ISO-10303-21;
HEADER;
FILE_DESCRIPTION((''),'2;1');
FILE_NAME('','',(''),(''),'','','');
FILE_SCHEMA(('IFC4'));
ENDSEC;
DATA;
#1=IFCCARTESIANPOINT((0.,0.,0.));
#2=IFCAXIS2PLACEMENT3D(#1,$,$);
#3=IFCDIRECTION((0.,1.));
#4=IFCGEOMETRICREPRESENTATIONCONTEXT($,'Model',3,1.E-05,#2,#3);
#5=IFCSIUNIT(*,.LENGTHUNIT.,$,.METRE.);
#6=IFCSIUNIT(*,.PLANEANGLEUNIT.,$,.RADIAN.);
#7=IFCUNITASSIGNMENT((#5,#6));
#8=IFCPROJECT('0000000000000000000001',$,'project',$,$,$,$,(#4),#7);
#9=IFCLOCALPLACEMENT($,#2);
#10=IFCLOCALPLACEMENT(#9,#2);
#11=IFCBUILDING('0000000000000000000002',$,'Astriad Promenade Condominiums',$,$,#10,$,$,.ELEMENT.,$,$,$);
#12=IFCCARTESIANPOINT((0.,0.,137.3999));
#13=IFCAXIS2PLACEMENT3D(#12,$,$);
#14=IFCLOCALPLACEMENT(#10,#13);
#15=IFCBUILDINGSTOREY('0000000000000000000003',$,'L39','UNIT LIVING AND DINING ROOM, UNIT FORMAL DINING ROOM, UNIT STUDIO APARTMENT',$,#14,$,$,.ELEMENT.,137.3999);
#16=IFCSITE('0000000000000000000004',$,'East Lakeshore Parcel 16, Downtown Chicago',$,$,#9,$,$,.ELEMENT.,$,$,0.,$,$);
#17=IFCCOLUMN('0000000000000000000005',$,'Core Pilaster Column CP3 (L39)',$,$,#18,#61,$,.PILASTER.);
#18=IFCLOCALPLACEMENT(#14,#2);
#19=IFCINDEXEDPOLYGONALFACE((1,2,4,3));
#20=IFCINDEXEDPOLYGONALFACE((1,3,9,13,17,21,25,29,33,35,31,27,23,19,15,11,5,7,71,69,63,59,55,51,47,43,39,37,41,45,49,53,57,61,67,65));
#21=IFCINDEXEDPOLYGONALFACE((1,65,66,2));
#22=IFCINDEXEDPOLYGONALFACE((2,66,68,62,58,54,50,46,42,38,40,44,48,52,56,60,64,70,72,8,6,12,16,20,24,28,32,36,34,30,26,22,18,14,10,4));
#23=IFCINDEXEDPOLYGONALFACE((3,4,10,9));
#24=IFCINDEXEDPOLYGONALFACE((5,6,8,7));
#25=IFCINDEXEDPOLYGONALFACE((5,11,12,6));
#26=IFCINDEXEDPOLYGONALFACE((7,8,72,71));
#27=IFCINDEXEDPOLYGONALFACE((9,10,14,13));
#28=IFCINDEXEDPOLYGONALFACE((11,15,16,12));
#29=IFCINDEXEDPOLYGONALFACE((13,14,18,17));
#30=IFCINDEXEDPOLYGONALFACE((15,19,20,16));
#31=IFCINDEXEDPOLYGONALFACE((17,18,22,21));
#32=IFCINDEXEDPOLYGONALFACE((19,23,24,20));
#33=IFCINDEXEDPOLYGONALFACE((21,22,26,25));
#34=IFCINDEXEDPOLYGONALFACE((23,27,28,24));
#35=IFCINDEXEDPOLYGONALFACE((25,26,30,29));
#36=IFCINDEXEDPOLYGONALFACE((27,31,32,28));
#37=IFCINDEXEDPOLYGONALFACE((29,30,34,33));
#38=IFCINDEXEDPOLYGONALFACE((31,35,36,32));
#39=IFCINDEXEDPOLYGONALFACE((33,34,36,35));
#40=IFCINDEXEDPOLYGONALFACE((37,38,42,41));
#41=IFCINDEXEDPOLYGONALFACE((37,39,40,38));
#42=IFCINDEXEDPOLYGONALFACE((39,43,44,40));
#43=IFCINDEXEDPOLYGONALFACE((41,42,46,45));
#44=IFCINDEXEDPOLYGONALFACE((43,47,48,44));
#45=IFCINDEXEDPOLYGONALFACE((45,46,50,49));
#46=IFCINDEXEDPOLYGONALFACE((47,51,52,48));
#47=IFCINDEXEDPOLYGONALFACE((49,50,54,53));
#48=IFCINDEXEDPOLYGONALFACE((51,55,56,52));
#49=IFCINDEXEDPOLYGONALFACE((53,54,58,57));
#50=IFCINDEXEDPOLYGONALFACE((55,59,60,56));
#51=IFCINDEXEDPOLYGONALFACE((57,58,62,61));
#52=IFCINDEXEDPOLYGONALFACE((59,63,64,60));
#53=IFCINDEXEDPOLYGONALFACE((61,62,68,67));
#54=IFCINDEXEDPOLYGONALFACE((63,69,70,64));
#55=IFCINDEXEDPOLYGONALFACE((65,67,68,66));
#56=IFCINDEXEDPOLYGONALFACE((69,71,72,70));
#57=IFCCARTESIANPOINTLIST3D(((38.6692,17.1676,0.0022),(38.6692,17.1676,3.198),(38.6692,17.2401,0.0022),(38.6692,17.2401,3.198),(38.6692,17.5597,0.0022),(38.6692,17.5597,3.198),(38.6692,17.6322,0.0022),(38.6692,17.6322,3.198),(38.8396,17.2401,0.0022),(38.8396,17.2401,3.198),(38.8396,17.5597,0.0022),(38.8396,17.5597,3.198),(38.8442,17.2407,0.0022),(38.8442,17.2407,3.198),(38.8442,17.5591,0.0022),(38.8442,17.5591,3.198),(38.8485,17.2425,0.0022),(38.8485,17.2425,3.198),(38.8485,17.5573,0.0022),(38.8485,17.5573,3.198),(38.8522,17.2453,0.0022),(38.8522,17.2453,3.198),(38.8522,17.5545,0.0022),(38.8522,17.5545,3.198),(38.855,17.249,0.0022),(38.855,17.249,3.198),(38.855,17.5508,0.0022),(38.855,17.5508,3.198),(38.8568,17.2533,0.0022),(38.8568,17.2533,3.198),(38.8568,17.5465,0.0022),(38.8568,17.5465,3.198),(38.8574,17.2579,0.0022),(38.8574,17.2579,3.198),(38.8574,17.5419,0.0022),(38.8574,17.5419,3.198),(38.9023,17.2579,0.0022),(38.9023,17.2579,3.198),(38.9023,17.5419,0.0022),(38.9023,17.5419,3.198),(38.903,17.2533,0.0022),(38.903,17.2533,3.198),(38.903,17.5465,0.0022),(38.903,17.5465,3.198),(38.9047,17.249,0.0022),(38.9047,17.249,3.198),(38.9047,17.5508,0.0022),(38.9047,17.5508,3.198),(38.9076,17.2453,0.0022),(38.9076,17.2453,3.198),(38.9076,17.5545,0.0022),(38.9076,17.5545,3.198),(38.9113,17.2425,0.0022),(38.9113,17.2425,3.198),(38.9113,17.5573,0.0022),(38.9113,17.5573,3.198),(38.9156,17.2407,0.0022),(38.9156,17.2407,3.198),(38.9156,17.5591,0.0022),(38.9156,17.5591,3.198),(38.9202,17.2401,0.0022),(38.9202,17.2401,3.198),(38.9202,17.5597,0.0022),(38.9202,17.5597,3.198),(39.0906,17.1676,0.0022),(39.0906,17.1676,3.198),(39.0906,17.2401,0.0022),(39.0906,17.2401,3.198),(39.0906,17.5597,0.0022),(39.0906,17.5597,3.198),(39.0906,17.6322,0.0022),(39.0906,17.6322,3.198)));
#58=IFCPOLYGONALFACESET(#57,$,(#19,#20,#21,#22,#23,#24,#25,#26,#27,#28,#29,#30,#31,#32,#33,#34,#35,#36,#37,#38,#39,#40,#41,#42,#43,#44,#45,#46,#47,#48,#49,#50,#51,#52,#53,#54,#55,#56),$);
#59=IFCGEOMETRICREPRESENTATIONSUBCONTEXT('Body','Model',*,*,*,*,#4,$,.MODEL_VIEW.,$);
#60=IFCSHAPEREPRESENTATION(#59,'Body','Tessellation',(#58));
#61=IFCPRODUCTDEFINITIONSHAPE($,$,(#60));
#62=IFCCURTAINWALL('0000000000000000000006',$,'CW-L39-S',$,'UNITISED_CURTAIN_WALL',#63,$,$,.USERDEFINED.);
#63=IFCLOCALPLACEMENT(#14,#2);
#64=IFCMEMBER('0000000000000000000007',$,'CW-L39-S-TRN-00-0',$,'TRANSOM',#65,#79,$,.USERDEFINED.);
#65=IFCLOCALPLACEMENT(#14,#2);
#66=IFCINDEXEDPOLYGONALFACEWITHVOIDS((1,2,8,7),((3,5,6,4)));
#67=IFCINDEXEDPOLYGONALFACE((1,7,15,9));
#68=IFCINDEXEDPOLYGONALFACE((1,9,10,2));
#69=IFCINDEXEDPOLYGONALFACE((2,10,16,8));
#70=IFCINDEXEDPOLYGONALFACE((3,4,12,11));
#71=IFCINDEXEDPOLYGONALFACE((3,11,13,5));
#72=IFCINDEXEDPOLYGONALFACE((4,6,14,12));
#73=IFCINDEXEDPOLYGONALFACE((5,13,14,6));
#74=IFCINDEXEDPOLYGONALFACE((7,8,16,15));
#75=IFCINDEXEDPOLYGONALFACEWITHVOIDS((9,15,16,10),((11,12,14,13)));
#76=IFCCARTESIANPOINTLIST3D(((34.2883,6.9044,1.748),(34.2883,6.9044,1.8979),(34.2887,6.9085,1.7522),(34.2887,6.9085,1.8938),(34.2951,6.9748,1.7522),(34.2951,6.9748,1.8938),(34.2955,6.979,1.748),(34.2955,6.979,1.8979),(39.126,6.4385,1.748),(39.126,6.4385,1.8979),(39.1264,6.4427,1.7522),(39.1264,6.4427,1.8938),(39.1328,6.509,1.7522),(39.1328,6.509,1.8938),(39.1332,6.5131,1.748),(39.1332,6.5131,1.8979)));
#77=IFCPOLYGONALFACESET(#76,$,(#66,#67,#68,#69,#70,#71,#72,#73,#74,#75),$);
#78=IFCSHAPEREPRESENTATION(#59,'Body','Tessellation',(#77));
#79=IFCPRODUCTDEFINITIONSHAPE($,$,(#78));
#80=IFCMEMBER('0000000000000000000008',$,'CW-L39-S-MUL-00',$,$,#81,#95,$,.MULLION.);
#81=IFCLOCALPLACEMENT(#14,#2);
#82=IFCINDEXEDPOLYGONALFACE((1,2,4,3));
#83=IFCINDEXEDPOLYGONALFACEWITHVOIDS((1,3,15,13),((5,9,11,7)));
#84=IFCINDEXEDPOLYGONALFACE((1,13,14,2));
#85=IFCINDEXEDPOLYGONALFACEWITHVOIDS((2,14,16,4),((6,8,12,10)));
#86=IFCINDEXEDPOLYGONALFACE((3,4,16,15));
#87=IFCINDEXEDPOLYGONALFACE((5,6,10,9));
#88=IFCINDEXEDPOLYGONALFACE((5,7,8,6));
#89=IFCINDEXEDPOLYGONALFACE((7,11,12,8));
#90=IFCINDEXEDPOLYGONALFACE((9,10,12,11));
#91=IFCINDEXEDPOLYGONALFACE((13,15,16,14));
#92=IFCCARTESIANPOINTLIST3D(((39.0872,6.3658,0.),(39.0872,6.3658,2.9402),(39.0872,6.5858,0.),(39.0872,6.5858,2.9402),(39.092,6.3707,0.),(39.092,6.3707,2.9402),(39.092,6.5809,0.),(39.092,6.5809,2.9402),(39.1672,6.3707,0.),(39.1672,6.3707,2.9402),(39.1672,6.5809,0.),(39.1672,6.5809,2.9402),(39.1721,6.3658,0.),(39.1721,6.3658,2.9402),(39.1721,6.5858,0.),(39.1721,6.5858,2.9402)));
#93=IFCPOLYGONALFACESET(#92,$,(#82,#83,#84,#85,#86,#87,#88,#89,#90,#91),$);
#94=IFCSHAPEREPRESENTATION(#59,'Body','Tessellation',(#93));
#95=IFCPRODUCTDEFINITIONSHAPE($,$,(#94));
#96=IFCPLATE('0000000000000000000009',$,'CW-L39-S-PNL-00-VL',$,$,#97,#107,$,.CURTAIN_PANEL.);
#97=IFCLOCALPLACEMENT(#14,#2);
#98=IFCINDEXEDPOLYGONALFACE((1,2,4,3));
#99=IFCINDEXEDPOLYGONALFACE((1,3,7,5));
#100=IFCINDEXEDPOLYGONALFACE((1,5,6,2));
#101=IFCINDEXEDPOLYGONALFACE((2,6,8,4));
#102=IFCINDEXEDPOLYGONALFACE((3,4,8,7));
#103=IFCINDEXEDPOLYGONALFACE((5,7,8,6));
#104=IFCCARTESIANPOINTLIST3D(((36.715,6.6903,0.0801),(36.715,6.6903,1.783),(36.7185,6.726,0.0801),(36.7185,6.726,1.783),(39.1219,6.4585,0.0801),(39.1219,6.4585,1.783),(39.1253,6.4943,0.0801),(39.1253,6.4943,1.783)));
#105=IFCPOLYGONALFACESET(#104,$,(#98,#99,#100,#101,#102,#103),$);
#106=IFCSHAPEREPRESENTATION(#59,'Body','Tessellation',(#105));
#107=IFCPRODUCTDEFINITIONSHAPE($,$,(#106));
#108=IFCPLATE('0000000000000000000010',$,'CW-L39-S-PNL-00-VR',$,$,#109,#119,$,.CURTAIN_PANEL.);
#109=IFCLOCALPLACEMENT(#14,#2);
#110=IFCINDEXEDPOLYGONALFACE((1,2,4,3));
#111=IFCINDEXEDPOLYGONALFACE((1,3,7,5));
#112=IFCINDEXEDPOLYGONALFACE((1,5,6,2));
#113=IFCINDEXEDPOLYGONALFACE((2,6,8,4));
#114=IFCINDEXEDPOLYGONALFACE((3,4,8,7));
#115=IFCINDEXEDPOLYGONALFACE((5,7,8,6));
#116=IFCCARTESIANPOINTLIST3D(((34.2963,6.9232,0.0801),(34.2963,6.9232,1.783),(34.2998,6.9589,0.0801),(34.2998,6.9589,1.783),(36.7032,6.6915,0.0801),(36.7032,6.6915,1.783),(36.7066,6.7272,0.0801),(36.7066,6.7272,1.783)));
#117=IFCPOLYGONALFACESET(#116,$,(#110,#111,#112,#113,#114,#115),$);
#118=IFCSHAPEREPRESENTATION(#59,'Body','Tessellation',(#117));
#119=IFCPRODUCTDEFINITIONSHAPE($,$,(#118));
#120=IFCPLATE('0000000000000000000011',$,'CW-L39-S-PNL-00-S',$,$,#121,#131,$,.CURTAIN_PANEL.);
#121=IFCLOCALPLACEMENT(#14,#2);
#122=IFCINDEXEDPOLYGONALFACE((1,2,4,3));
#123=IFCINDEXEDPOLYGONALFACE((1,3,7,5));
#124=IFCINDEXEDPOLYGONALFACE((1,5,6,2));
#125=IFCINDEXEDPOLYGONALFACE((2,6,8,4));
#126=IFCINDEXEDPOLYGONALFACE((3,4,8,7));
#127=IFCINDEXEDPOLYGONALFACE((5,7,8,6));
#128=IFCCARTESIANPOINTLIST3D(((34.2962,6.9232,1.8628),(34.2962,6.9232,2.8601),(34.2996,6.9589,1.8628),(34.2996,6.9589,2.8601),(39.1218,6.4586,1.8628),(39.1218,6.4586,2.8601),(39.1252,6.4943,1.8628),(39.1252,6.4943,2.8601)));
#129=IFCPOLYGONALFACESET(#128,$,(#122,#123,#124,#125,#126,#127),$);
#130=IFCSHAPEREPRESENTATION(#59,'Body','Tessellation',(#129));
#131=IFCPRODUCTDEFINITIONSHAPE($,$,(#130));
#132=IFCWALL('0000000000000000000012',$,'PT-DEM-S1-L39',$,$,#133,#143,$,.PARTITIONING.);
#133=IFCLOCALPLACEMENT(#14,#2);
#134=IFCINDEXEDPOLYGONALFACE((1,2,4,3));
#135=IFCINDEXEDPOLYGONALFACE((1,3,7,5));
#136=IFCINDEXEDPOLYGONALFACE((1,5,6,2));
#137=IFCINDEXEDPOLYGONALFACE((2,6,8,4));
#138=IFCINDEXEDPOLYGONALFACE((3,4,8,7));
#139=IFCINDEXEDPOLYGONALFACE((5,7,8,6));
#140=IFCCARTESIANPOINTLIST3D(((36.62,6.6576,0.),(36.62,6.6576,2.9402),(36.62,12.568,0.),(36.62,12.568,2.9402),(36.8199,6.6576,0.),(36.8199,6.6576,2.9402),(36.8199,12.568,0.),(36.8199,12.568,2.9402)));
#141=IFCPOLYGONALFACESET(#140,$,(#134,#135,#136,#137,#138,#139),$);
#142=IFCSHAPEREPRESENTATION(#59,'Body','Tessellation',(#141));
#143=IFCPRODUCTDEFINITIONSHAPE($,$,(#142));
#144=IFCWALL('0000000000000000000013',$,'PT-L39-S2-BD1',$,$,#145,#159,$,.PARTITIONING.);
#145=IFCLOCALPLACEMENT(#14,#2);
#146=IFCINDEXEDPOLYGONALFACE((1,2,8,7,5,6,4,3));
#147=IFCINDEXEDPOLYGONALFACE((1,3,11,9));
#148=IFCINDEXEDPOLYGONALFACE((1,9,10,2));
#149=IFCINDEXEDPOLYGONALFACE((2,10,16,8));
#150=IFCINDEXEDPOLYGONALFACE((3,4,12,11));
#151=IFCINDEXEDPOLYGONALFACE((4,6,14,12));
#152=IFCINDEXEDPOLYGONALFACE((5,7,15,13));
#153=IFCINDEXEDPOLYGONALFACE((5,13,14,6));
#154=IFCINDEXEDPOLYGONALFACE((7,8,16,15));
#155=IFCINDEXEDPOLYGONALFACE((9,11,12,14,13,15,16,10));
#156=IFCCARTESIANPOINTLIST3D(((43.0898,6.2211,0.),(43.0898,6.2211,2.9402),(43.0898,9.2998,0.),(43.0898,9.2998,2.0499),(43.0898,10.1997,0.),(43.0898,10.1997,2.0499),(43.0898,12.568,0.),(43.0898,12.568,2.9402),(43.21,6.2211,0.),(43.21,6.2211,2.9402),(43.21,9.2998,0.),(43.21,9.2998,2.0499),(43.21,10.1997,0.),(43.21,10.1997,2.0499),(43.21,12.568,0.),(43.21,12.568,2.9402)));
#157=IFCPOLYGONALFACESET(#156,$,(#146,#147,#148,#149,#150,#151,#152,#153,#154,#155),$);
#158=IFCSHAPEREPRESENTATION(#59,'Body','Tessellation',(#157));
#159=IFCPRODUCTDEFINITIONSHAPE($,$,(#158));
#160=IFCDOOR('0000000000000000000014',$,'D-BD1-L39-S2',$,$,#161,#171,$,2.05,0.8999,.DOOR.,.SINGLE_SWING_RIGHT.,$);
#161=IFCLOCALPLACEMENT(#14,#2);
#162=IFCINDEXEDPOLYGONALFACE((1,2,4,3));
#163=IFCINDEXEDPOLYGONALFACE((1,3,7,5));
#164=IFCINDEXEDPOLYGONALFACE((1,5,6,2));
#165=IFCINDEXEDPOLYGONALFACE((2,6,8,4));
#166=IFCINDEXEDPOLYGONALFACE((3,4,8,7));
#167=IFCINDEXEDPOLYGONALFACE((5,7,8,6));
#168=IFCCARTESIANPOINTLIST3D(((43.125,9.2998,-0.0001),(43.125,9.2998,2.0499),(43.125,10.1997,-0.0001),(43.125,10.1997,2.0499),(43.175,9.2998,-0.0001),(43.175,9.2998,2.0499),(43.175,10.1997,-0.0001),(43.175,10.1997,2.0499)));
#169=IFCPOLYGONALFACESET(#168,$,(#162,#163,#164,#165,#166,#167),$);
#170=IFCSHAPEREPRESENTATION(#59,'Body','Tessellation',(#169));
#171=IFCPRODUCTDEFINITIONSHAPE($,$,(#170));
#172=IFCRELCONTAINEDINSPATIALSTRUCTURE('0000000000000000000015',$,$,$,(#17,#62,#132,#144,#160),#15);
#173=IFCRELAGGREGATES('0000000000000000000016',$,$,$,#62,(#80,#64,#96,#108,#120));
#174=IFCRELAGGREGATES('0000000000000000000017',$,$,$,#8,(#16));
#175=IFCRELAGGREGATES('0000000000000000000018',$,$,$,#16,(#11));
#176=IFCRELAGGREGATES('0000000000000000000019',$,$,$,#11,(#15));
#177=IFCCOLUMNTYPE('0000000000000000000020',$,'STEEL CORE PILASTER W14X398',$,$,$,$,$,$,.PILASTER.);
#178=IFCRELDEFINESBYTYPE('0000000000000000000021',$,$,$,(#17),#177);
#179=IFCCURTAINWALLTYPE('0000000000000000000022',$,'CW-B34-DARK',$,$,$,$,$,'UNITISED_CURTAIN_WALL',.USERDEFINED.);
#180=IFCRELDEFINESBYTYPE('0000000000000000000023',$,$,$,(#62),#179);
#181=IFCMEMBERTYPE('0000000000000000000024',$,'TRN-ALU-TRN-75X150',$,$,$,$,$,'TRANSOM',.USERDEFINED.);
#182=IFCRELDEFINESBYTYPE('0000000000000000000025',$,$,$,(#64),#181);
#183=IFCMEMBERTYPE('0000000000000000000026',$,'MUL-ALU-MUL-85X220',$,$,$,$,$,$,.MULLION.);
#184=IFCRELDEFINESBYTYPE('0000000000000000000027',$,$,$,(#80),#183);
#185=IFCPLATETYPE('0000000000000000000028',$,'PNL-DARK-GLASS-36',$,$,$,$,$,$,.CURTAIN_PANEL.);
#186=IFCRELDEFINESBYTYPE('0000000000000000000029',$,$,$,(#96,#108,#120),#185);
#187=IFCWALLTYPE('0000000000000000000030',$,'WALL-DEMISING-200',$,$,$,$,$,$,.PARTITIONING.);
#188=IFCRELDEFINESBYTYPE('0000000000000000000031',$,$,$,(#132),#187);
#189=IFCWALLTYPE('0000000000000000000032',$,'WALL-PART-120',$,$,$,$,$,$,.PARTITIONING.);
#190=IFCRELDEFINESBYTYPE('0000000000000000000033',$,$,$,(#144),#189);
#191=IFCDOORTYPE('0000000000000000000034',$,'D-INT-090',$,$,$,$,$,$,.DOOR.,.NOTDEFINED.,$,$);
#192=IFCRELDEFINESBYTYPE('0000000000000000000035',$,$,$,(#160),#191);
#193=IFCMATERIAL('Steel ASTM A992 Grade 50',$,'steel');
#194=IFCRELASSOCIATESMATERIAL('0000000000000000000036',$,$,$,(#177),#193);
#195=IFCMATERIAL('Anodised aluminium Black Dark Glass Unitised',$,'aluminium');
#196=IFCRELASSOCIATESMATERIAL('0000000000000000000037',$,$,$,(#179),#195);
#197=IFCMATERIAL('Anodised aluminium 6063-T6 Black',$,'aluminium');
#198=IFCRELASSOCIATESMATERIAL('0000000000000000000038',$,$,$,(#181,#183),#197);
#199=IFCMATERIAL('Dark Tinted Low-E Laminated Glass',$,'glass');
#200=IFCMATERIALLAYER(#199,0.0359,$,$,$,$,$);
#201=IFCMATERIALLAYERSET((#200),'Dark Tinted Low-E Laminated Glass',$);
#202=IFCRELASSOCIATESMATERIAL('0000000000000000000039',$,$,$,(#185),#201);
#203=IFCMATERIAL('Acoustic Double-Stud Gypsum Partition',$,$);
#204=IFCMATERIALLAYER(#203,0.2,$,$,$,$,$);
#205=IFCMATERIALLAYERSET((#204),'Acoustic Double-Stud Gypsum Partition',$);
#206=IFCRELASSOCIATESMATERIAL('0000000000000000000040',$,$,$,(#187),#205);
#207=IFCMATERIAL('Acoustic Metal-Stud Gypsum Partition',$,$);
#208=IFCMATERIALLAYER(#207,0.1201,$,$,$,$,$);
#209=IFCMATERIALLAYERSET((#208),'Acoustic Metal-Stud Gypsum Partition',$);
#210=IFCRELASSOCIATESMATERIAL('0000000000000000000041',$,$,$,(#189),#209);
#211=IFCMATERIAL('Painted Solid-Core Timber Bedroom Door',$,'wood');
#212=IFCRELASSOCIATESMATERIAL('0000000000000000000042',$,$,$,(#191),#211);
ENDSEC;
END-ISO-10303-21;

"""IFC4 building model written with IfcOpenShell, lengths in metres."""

from ifc_helpers import new_model, si_unit, direction, frame, frame_2d, origin, origin_2d, place, context, subcontext, project, spatial, rectangle, hollow_rectangle, i_section, extrude, source, transform, mapped, material, layer, layer_set, material_profile, profile_set, type_object, type_shapes, element, fill, aggregate, save


model = new_model("IFC4")

# Units and contexts
model_context = context("Model", 3, precision=1e-05, world=origin(), true_north=direction((0.0, 1.0)))
body_context = subcontext(model_context, "Body", "Model", "MODEL_VIEW")
ifc_project = project(units=[si_unit("LENGTHUNIT", "METRE"), si_unit("PLANEANGLEUNIT", "RADIAN")], contexts=[model_context])

# Site, building, storey
site_placement = place(None, origin())
site = spatial("IfcSite", under=ifc_project, at=site_placement, Name="East Lakeshore Parcel 16, Downtown Chicago", CompositionType="ELEMENT", RefElevation=0.0)
building_placement = place(site_placement, origin())
building = spatial("IfcBuilding", under=site, at=building_placement, Name="Astriad Promenade Condominiums", CompositionType="ELEMENT")
storey_placement = place(building_placement, frame((0.0, 0.0, 137.3999)))
storey = spatial("IfcBuildingStorey", under=building, at=storey_placement, Name="L39", Description="UNIT LIVING AND DINING ROOM, UNIT FORMAL DINING ROOM, UNIT STUDIO APARTMENT", CompositionType="ELEMENT", Elevation=137.3999)

# Column
ifc_material_1 = material(Name="Steel ASTM A992 Grade 50", Category="steel")
ifc_material_profile_1 = material_profile(ifc_material_1, i_section(OverallWidth=0.4214, OverallDepth=0.4646, WebThickness=0.0449, FlangeThickness=0.0725, FilletRadius=0.0178, at=origin_2d()), Name="W14X398")
ifc_profile_set_1 = profile_set([ifc_material_profile_1], Name="Steel ASTM A992 Grade 50")
column_type = type_object("IfcColumnType", Name="STEEL CORE PILASTER W14X398", PredefinedType="PILASTER", material=ifc_profile_set_1)
shared_shape_1 = source(origin(), body_context, "Body", "SweptSolid", [
    extrude(i_section(OverallWidth=0.4214, OverallDepth=0.4646, WebThickness=0.0449, FlangeThickness=0.0725, FilletRadius=0.0178, at=origin_2d()), origin(), (0.0, 0.0, 1.0), 3.1958),
])
type_shapes(column_type, [shared_shape_1])
column_placement = place(storey_placement, frame((38.8799, 17.3999, 0.0022), z_axis=(0.0, 0.0, 1.0), x_axis=(1.0, 0.0, 0.0)))
element("IfcColumn", 1, at=column_placement, inside=storey, type_object=column_type, Name="Core Pilaster Column CP3 (L39)", PredefinedType="PILASTER", context=body_context, shape_type="MappedRepresentation", body=[
    mapped(shared_shape_1, transform((0.0, 0.0, 0.0), scale=1.0)),
])

# Curtain wall, members, plates
ifc_material_2 = material(Name="Anodised aluminium Black Dark Glass Unitised", Category="aluminium")
curtain_wall_type = type_object("IfcCurtainWallType", Name="CW-B34-DARK", ElementType="UNITISED_CURTAIN_WALL", PredefinedType="USERDEFINED", material=ifc_material_2)
curtain_wall_placement = place(storey_placement, origin())
curtain_wall = element("IfcCurtainWall", 2, at=curtain_wall_placement, inside=storey, type_object=curtain_wall_type, Name="CW-L39-S", ObjectType="UNITISED_CURTAIN_WALL", PredefinedType="USERDEFINED")
ifc_material_3 = material(Name="Anodised aluminium 6063-T6 Black", Category="aluminium")
ifc_material_profile_2 = material_profile(ifc_material_3, hollow_rectangle(XDim=0.075, YDim=0.1499, WallThickness=0.0042, at=origin_2d()), Name="ALU-TRN-75X150")
ifc_profile_set_2 = profile_set([ifc_material_profile_2], Name="Anodised aluminium 6063-T6 Black")
member_type_1 = type_object("IfcMemberType", Name="TRN-ALU-TRN-75X150", ElementType="TRANSOM", PredefinedType="USERDEFINED", material=ifc_profile_set_2)
shared_shape_2 = source(origin(), body_context, "Body", "SweptSolid", [
    extrude(hollow_rectangle(XDim=0.075, YDim=0.1499, WallThickness=0.0042, at=origin_2d()), origin(), (0.0, 0.0, 1.0), 4.8601),
])
type_shapes(member_type_1, [shared_shape_2])
member_1_placement = place(storey_placement, frame((39.1296, 6.4758, 1.823), z_axis=(-0.995396, 0.095847, 0.0), x_axis=(-0.095847, -0.995396, 0.0)))
member_1 = element("IfcMember", 3, at=member_1_placement, type_object=member_type_1, Name="CW-L39-S-TRN-00-0", ObjectType="TRANSOM", PredefinedType="USERDEFINED", context=body_context, shape_type="MappedRepresentation", body=[
    mapped(shared_shape_2, transform((0.0, 0.0, 0.0), scale=1.0)),
])
ifc_material_profile_3 = material_profile(ifc_material_3, hollow_rectangle(XDim=0.085, YDim=0.22, WallThickness=0.0049, at=origin_2d()), Name="ALU-MUL-85X220")
ifc_profile_set_3 = profile_set([ifc_material_profile_3], Name="Anodised aluminium 6063-T6 Black")
member_type_2 = type_object("IfcMemberType", Name="MUL-ALU-MUL-85X220", PredefinedType="MULLION", material=ifc_profile_set_3)
shared_shape_3 = source(origin(), body_context, "Body", "SweptSolid", [
    extrude(hollow_rectangle(XDim=0.085, YDim=0.22, WallThickness=0.0049, at=origin_2d()), origin(), (0.0, 0.0, 1.0), 2.9402),
])
type_shapes(member_type_2, [shared_shape_3])
member_2_placement = place(storey_placement, frame((39.1296, 6.4758, 0.0), z_axis=(0.0, 0.0, 1.0), x_axis=(1.0, 0.0, 0.0)))
member_2 = element("IfcMember", 4, at=member_2_placement, type_object=member_type_2, Name="CW-L39-S-MUL-00", PredefinedType="MULLION", context=body_context, shape_type="MappedRepresentation", body=[
    mapped(shared_shape_3, transform((0.0, 0.0, 0.0), scale=1.0)),
])
ifc_material_4 = material(Name="Dark Tinted Low-E Laminated Glass", Category="glass")
ifc_layer_1 = layer(ifc_material_4, 0.0359)
ifc_layer_set_1 = layer_set([ifc_layer_1], Name="Dark Tinted Low-E Laminated Glass")
plate_type = type_object("IfcPlateType", Name="PNL-DARK-GLASS-36", PredefinedType="CURTAIN_PANEL", material=ifc_layer_set_1)
shared_shape_4 = source(origin(), body_context, "Body", "SweptSolid", [
    extrude(rectangle(XDim=2.418, YDim=0.0359, at=origin_2d()), origin(), (0.0, 0.0, 1.0), 1.7029),
])
plate_1_placement = place(storey_placement, frame((37.9202, 6.5923, 0.0801), z_axis=(0.0, 0.0, 1.0), x_axis=(-0.995396, 0.095846, 0.0)))
plate_1 = element("IfcPlate", 5, at=plate_1_placement, type_object=plate_type, Name="CW-L39-S-PNL-00-VL", PredefinedType="CURTAIN_PANEL", context=body_context, shape_type="MappedRepresentation", body=[
    mapped(shared_shape_4, transform((0.0, 0.0, 0.0), scale=1.0)),
])
plate_2_placement = place(storey_placement, frame((35.5015, 6.8252, 0.0801), z_axis=(0.0, 0.0, 1.0), x_axis=(-0.995396, 0.095846, 0.0)))
plate_2 = element("IfcPlate", 6, at=plate_2_placement, type_object=plate_type, Name="CW-L39-S-PNL-00-VR", PredefinedType="CURTAIN_PANEL", context=body_context, shape_type="MappedRepresentation", body=[
    mapped(shared_shape_4, transform((0.0, 0.0, 0.0), scale=1.0)),
])
shared_shape_5 = source(origin(), body_context, "Body", "SweptSolid", [
    extrude(rectangle(XDim=4.8479, YDim=0.0359, at=origin_2d()), origin(), (0.0, 0.0, 1.0), 0.9973),
])
type_shapes(plate_type, [shared_shape_4, shared_shape_5])
plate_3_placement = place(storey_placement, frame((36.7107, 6.7087, 1.8628), z_axis=(0.0, 0.0, 1.0), x_axis=(-0.995396, 0.095846, 0.0)))
plate_3 = element("IfcPlate", 7, at=plate_3_placement, type_object=plate_type, Name="CW-L39-S-PNL-00-S", PredefinedType="CURTAIN_PANEL", context=body_context, shape_type="MappedRepresentation", body=[
    mapped(shared_shape_5, transform((0.0, 0.0, 0.0), scale=1.0)),
])
aggregate(curtain_wall, [member_2, member_1, plate_1, plate_2, plate_3])

# Wall
ifc_material_5 = material(Name="Acoustic Double-Stud Gypsum Partition")
ifc_layer_2 = layer(ifc_material_5, 0.2)
ifc_layer_set_2 = layer_set([ifc_layer_2], Name="Acoustic Double-Stud Gypsum Partition")
wall_type_1 = type_object("IfcWallType", Name="WALL-DEMISING-200", PredefinedType="PARTITIONING", material=ifc_layer_set_2)
wall_1_placement = place(storey_placement, frame((36.72, 6.6577, 0.0), z_axis=(0.0, 0.0, 1.0), x_axis=(0.0, 1.0, 0.0)))
element("IfcWall", 8, at=wall_1_placement, inside=storey, type_object=wall_type_1, Name="PT-DEM-S1-L39", PredefinedType="PARTITIONING", context=body_context, shape_type="SweptSolid", body=[
    extrude(rectangle(XDim=5.9104, YDim=0.2, at=frame_2d((2.9551, 0.0))), origin(), (0.0, 0.0, 1.0), 2.9402),
])

# Wall, opening, door
ifc_material_6 = material(Name="Acoustic Metal-Stud Gypsum Partition")
ifc_layer_3 = layer(ifc_material_6, 0.1201)
ifc_layer_set_3 = layer_set([ifc_layer_3], Name="Acoustic Metal-Stud Gypsum Partition")
wall_type_2 = type_object("IfcWallType", Name="WALL-PART-120", PredefinedType="PARTITIONING", material=ifc_layer_set_3)
wall_2_placement = place(storey_placement, frame((43.1499, 6.2212, 0.0), z_axis=(0.0, 0.0, 1.0), x_axis=(0.0, 1.0, 0.0)))
wall_2 = element("IfcWall", 9, at=wall_2_placement, inside=storey, type_object=wall_type_2, Name="PT-L39-S2-BD1", PredefinedType="PARTITIONING", context=body_context, shape_type="SweptSolid", body=[
    extrude(rectangle(XDim=6.3469, YDim=0.1201, at=frame_2d((3.1733, 0.0))), origin(), (0.0, 0.0, 1.0), 2.9402),
])
opening_1_placement = place(wall_2_placement, frame((3.0786, 0.0, 0.0)))
opening_1 = element("IfcOpeningElement", 10, at=opening_1_placement, cuts=wall_2, PredefinedType="OPENING", context=body_context, shape_type="SweptSolid", body=[
    extrude(rectangle(XDim=0.8999, YDim=2.05, at=frame_2d((0.45, 1.0249))), frame((0.0, 0.0701, 0.0), z_axis=(0.0, -1.0, 0.0), x_axis=(1.0, 0.0, 0.0)), (0.0, 0.0, 1.0), 0.1401),
])
ifc_material_7 = material(Name="Painted Solid-Core Timber Bedroom Door", Category="wood")
door_type_1 = type_object("IfcDoorType", Name="D-INT-090", OperationType="NOTDEFINED", PredefinedType="DOOR", material=ifc_material_7)
shared_shape_6 = source(origin(), body_context, "Body", "SweptSolid", [
    extrude(rectangle(XDim=0.8999, YDim=2.05, at=frame_2d((0.45, 1.0249))), frame((0.0, 0.0249, 0.0), z_axis=(0.0, -1.0, 0.0), x_axis=(1.0, 0.0, 0.0)), (0.0, 0.0, 1.0), 0.05),
])
type_shapes(door_type_1, [shared_shape_6])
door_1_placement = place(opening_1_placement, origin())
door_1 = element("IfcDoor", 11, at=door_1_placement, inside=storey, type_object=door_type_1, Name="D-BD1-L39-S2", OperationType="SINGLE_SWING_RIGHT", OverallHeight=2.05, OverallWidth=0.8999, PredefinedType="DOOR", context=body_context, shape_type="MappedRepresentation", body=[
    mapped(shared_shape_6, transform((0.0, 0.0, 0.0), scale=1.0)),
])
fill(opening_1, door_1)

save(model, "model.ifc")
